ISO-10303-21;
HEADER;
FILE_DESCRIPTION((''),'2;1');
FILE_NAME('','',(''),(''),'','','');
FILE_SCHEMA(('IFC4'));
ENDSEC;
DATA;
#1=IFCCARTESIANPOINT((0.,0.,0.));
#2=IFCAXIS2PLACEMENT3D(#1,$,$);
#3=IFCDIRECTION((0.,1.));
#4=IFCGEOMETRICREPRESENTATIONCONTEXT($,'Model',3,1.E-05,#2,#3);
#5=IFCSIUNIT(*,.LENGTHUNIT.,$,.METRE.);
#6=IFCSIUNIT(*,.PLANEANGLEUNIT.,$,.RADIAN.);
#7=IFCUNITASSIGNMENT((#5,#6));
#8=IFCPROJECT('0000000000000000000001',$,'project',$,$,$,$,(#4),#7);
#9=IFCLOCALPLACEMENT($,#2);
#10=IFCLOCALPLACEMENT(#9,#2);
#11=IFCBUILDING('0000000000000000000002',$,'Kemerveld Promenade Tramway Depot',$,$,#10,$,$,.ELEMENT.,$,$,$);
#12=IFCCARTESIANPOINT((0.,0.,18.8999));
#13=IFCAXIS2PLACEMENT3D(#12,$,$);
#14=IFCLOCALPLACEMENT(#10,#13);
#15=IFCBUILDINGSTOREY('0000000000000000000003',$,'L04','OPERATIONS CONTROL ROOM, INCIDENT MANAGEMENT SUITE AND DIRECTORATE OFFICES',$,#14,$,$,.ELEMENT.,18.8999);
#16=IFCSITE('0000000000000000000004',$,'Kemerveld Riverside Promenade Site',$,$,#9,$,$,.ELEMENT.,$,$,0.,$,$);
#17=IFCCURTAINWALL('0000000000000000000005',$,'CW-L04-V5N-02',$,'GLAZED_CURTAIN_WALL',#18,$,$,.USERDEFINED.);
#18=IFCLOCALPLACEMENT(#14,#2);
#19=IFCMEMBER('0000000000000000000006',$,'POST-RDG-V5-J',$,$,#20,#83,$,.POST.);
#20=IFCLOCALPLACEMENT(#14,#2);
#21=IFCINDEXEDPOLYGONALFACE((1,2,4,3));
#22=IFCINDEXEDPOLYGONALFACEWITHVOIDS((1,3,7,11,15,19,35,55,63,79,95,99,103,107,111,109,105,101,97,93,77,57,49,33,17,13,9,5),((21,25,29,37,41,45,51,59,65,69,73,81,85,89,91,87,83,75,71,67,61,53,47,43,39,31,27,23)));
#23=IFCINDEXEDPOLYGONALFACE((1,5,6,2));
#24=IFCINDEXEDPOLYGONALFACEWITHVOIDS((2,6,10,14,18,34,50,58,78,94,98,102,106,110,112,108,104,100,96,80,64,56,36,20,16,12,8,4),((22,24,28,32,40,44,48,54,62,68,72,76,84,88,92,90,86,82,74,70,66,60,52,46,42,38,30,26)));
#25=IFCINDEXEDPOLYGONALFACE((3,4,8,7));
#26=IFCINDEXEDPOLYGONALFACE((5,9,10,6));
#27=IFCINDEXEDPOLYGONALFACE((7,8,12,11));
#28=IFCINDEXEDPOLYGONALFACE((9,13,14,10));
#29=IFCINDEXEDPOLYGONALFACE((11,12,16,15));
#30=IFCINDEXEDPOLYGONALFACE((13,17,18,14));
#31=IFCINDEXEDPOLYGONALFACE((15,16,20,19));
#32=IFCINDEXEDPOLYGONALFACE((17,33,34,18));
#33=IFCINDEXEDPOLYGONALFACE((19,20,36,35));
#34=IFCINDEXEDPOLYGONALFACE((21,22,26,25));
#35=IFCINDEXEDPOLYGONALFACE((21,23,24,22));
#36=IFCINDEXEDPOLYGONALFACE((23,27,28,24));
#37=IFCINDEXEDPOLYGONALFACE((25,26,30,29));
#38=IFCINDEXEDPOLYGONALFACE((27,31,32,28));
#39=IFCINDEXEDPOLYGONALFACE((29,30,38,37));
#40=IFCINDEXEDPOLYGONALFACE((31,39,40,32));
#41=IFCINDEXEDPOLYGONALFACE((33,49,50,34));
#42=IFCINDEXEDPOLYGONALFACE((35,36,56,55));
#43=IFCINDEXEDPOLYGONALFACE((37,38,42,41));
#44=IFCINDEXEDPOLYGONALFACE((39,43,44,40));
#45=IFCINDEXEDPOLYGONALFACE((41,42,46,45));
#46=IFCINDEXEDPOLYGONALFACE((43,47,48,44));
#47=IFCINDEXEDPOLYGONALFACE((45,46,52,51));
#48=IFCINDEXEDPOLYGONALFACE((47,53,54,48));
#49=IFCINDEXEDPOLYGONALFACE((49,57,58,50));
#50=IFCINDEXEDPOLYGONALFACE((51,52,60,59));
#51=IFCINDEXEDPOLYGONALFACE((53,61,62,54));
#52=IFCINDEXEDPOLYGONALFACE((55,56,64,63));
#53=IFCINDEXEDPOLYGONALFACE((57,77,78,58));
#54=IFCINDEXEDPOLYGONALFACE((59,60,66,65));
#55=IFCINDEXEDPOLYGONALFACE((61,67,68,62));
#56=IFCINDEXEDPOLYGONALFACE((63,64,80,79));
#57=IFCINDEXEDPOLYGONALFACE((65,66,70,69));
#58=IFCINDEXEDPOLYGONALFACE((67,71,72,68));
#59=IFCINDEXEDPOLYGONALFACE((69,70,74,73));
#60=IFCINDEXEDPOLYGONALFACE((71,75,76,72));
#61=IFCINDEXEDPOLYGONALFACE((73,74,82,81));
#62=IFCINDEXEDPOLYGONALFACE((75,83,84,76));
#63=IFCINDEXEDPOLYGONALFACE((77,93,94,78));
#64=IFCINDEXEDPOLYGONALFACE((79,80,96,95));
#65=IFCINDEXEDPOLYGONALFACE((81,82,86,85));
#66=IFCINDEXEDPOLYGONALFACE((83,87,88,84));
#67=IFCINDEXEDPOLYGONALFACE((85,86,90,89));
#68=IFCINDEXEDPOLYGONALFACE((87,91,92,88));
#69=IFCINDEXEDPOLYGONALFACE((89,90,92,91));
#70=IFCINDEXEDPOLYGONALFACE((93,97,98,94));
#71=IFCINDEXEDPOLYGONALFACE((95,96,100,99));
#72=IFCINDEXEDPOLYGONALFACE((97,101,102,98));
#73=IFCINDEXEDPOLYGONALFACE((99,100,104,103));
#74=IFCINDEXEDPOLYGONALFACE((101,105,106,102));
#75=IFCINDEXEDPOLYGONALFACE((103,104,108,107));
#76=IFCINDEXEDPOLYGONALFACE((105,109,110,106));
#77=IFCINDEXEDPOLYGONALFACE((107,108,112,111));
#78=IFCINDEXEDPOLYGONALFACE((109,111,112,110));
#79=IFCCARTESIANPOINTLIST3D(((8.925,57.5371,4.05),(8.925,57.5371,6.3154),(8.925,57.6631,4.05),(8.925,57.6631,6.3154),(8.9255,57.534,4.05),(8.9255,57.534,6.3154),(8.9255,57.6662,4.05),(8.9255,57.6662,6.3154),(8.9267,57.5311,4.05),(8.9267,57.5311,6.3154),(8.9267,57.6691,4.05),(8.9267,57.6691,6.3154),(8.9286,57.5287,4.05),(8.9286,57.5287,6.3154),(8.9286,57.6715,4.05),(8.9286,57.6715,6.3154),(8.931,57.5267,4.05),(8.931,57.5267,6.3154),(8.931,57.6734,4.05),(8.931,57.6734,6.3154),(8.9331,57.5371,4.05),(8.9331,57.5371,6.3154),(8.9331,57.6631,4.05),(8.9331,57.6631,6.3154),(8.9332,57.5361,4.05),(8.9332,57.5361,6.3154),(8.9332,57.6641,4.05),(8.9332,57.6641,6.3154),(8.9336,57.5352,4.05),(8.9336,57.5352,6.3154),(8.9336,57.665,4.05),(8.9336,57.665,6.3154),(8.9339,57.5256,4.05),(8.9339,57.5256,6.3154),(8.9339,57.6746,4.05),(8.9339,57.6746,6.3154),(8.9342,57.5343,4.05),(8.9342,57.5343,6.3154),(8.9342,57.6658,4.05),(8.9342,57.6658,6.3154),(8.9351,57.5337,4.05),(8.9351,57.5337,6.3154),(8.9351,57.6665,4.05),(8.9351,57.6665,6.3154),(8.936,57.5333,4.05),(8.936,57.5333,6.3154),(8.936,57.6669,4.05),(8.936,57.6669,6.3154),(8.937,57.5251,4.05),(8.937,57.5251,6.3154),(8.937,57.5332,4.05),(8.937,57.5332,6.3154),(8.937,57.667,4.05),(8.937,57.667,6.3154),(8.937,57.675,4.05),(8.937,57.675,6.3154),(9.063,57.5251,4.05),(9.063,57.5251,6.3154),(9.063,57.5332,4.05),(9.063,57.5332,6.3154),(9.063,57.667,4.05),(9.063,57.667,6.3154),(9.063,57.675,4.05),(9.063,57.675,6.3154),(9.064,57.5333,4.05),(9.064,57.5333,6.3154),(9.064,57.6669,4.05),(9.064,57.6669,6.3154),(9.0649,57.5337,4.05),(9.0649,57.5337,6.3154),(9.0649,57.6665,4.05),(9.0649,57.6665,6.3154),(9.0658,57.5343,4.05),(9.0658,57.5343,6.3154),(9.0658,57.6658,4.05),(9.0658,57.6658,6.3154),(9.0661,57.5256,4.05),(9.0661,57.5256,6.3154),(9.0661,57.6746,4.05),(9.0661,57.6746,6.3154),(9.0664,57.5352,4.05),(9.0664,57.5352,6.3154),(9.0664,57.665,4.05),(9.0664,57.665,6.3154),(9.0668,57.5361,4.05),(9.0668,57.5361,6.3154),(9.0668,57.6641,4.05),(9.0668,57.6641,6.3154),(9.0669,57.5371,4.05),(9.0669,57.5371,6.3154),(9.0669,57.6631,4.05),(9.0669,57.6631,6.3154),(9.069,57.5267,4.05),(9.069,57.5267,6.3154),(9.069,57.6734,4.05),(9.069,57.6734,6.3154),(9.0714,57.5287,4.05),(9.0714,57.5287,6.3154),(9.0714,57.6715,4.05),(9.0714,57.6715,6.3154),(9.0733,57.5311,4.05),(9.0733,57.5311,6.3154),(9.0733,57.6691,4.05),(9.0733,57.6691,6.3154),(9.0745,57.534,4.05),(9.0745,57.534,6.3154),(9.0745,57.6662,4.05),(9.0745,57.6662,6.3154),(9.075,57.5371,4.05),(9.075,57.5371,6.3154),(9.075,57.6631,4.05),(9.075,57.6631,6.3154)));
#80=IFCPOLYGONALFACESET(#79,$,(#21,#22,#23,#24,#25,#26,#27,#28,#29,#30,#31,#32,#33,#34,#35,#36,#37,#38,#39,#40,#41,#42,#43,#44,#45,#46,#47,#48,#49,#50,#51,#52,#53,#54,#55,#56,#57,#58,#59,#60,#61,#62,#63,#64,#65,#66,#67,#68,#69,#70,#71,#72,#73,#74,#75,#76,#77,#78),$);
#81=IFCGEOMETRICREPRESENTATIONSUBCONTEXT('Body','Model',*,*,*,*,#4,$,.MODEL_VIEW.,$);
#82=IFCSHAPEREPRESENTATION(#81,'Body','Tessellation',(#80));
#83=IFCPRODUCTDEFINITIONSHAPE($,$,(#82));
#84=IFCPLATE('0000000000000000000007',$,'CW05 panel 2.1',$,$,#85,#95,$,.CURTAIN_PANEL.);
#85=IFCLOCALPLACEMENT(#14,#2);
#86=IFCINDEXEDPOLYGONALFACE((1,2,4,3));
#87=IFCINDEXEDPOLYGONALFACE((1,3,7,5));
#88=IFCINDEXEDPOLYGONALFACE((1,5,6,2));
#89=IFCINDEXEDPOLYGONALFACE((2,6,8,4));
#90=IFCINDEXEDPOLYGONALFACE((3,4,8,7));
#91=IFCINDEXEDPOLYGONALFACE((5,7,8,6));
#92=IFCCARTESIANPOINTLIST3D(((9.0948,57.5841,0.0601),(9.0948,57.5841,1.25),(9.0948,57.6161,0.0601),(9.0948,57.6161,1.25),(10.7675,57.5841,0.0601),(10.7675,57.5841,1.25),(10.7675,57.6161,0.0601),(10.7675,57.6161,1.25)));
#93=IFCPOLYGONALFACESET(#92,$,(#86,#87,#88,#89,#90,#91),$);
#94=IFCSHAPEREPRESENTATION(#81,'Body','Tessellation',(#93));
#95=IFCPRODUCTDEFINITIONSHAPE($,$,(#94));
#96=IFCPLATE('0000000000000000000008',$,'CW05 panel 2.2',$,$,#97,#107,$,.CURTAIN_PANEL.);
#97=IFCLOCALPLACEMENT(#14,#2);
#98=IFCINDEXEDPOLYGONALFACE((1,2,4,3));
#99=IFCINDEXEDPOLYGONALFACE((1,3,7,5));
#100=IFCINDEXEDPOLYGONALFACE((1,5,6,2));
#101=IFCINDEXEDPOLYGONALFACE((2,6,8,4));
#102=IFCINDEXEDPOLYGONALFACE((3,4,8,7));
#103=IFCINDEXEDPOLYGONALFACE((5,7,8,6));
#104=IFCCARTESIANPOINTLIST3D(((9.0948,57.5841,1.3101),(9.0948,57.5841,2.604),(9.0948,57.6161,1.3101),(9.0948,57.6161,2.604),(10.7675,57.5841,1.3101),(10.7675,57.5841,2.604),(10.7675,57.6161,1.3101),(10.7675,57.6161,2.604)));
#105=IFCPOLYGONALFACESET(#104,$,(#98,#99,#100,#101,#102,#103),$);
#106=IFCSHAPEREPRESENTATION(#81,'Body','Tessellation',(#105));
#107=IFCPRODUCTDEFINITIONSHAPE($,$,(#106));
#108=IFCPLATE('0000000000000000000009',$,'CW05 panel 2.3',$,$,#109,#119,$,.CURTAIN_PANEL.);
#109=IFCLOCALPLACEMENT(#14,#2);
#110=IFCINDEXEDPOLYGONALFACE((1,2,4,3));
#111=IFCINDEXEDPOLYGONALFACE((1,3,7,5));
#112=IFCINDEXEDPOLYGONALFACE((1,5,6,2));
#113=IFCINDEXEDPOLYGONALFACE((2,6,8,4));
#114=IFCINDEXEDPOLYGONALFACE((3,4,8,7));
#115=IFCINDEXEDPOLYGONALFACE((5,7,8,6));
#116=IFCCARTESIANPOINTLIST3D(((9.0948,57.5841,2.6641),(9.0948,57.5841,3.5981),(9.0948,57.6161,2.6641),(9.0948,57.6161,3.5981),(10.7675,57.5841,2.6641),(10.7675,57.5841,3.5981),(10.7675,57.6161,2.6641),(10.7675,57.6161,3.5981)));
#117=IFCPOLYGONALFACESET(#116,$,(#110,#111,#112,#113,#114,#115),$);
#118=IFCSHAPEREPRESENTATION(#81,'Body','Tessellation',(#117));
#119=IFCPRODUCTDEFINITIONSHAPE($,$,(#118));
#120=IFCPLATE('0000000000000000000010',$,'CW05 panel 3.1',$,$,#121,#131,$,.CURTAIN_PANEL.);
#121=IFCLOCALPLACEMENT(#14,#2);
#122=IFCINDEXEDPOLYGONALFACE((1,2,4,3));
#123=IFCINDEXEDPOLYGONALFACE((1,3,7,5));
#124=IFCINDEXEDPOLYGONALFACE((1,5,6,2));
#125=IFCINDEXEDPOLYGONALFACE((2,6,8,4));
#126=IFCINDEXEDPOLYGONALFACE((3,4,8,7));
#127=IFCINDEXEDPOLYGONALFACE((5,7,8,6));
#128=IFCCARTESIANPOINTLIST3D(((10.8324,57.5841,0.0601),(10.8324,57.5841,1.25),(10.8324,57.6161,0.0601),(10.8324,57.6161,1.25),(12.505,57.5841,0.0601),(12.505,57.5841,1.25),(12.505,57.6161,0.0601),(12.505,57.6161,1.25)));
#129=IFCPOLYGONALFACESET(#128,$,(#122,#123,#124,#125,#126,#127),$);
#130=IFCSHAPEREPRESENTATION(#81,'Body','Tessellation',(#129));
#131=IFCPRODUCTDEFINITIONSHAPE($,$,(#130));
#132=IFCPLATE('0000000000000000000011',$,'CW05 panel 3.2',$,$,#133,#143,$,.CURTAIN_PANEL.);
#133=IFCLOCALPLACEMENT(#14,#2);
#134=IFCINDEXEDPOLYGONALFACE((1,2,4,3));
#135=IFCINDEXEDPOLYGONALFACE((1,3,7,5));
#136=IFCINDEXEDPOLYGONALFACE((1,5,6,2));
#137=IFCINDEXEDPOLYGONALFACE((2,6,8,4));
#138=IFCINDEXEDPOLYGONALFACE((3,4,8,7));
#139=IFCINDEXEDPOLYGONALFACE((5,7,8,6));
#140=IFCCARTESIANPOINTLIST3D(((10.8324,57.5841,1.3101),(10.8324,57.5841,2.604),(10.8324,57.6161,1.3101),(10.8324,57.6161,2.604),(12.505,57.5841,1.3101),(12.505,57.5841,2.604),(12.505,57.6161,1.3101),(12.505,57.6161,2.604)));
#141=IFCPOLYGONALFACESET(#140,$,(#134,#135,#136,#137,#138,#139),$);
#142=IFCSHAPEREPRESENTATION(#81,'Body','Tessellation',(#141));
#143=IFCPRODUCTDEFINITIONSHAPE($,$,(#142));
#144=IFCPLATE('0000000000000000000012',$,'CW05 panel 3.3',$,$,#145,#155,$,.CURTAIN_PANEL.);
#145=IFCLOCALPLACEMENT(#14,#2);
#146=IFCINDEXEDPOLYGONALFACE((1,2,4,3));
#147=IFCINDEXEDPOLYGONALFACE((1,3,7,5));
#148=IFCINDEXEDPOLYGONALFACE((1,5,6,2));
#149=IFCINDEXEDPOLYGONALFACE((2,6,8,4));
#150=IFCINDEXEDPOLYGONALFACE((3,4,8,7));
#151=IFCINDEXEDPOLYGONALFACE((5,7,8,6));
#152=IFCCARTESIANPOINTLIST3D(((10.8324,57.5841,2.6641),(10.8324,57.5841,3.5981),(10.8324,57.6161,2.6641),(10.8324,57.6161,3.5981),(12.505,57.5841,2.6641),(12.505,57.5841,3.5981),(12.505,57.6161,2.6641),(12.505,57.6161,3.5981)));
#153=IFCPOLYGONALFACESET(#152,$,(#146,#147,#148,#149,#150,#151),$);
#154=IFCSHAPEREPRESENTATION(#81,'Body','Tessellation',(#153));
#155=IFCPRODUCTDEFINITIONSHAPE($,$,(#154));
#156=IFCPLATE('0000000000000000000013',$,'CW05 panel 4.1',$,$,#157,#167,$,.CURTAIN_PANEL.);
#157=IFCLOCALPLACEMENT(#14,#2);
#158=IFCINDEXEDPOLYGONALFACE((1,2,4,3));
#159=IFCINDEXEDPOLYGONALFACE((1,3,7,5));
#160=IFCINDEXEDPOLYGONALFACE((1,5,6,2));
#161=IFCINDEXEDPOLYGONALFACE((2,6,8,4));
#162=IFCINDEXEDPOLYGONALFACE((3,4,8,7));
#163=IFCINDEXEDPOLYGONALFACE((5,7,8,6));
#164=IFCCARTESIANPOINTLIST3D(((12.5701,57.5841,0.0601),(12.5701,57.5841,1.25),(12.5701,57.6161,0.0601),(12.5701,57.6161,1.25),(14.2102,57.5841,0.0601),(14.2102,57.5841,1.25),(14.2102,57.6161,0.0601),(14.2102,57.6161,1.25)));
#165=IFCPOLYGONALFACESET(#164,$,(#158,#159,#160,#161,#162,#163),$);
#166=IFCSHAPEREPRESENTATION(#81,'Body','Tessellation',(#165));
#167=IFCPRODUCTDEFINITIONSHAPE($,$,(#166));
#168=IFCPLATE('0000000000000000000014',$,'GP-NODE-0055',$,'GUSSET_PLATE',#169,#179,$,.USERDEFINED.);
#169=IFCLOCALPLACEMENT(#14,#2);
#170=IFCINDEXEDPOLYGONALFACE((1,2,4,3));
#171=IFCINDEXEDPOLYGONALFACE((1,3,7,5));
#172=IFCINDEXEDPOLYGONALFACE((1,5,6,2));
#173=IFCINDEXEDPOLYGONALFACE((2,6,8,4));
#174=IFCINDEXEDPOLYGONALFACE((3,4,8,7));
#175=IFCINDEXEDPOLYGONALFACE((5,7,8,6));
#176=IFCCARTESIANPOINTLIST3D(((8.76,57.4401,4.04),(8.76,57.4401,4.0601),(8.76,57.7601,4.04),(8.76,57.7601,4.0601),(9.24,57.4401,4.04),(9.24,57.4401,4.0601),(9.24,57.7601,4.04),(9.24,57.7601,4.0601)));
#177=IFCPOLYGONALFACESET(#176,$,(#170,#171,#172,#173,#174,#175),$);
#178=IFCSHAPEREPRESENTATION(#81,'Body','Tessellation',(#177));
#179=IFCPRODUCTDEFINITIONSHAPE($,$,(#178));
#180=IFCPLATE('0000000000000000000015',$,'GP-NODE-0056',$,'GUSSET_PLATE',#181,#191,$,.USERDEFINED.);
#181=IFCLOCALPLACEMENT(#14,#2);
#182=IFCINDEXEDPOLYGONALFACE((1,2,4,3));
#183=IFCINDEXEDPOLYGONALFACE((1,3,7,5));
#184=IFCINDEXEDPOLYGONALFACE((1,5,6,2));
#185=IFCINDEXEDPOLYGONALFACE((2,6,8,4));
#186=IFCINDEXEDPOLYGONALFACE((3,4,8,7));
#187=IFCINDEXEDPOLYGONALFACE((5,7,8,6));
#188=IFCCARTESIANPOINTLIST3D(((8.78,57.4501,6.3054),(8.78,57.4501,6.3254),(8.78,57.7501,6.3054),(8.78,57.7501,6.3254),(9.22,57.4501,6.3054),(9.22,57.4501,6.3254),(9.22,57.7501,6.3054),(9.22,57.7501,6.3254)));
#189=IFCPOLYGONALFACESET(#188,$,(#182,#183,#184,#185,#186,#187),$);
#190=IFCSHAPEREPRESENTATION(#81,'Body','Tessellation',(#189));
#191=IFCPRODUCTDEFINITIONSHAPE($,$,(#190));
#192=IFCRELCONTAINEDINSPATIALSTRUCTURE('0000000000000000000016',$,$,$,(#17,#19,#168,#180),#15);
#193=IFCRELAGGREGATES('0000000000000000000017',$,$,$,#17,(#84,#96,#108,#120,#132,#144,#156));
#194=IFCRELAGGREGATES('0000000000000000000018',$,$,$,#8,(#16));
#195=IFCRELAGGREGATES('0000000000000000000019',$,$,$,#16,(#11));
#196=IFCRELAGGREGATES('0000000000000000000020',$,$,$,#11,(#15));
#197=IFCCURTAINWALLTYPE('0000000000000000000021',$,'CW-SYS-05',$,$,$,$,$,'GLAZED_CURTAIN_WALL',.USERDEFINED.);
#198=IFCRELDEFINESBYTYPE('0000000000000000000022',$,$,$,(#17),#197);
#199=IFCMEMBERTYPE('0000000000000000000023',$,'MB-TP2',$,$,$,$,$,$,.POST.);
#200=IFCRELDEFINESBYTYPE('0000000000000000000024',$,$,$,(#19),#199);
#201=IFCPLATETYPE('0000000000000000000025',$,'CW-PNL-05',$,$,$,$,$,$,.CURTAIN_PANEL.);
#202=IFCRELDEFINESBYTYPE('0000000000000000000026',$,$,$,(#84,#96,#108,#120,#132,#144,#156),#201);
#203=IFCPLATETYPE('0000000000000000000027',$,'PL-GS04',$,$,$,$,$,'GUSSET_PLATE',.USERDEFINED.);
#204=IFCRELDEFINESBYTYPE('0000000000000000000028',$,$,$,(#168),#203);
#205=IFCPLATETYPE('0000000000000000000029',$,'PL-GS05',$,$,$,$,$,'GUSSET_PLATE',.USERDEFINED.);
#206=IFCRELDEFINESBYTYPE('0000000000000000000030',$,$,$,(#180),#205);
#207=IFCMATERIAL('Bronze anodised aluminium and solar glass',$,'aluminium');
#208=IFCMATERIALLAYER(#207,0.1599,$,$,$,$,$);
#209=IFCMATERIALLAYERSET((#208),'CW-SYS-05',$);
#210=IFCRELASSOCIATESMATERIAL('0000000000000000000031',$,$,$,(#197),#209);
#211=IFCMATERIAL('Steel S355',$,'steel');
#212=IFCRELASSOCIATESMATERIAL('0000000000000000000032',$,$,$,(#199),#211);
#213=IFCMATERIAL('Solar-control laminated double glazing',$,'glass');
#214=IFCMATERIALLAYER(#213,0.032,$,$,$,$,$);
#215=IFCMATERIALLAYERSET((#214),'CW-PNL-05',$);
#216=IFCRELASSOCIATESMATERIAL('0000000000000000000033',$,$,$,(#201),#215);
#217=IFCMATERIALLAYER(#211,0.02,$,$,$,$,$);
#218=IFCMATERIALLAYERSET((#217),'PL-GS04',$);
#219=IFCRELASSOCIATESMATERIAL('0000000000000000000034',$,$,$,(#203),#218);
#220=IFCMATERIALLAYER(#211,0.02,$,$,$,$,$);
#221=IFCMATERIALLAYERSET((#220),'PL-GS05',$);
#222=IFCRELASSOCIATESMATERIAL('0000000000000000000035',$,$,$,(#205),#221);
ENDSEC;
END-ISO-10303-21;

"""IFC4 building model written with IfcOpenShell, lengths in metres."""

from ifc_helpers import new_model, si_unit, direction, frame, origin, origin_2d, place, context, subcontext, project, spatial, rectangle, hollow_rectangle, extrude, material, layer, layer_set, material_profile, profile_set, type_object, element, aggregate, save


model = new_model("IFC4")

# Units and contexts
model_context = context("Model", 3, precision=1e-05, world=origin(), true_north=direction((0.0, 1.0)))
body_context = subcontext(model_context, "Body", "Model", "MODEL_VIEW")
ifc_project = project(units=[si_unit("LENGTHUNIT", "METRE"), si_unit("PLANEANGLEUNIT", "RADIAN")], contexts=[model_context])

# Site, building, storey
site_placement = place(None, origin())
site = spatial("IfcSite", under=ifc_project, at=site_placement, Name="Kemerveld Riverside Promenade Site", CompositionType="ELEMENT", RefElevation=0.0)
building_placement = place(site_placement, origin())
building = spatial("IfcBuilding", under=site, at=building_placement, Name="Kemerveld Promenade Tramway Depot", CompositionType="ELEMENT")
storey_placement = place(building_placement, frame((0.0, 0.0, 18.8999)))
storey = spatial("IfcBuildingStorey", under=building, at=storey_placement, Name="L04", Description="OPERATIONS CONTROL ROOM, INCIDENT MANAGEMENT SUITE AND DIRECTORATE OFFICES", CompositionType="ELEMENT", Elevation=18.8999)

# Shared definitions
ifc_material_1 = material(Name="Steel S355", Category="steel")

# Curtain wall
ifc_material_2 = material(Name="Bronze anodised aluminium and solar glass", Category="aluminium")
ifc_layer_1 = layer(ifc_material_2, 0.1599)
ifc_layer_set_1 = layer_set([ifc_layer_1], Name="CW-SYS-05")
curtain_wall_type = type_object("IfcCurtainWallType", Name="CW-SYS-05", ElementType="GLAZED_CURTAIN_WALL", PredefinedType="USERDEFINED", material=ifc_layer_set_1)
curtain_wall_placement = place(storey_placement, origin())
curtain_wall = element("IfcCurtainWall", 1, at=curtain_wall_placement, inside=storey, type_object=curtain_wall_type, Name="CW-L04-V5N-02", ObjectType="GLAZED_CURTAIN_WALL", PredefinedType="USERDEFINED")

# Member
ifc_material_profile_1 = material_profile(ifc_material_1, hollow_rectangle(XDim=0.1499, YDim=0.1499, WallThickness=0.0081, InnerFilletRadius=0.0039, OuterFilletRadius=0.012, at=origin_2d()), Name="150x150x8.0 SHS")
ifc_profile_set_1 = profile_set([ifc_material_profile_1], Name="Steel S355")
member_type_1 = type_object("IfcMemberType", Name="MB-TP2", PredefinedType="POST", material=ifc_profile_set_1)
member_1_placement = place(storey_placement, frame((9.0, 57.6001, 4.05), z_axis=(0.0, 0.0, 1.0), x_axis=(1.0, 0.0, 0.0)))
element("IfcMember", 2, at=member_1_placement, inside=storey, type_object=member_type_1, Name="POST-RDG-V5-J", PredefinedType="POST", context=body_context, shape_type="SweptSolid", body=[
    extrude(hollow_rectangle(XDim=0.1499, YDim=0.1499, WallThickness=0.0081, InnerFilletRadius=0.0039, OuterFilletRadius=0.012, at=origin_2d()), origin(), (0.0, 0.0, 1.0), 2.2654),
])

# Plates
ifc_material_3 = material(Name="Solar-control laminated double glazing", Category="glass")
ifc_layer_2 = layer(ifc_material_3, 0.032)
ifc_layer_set_2 = layer_set([ifc_layer_2], Name="CW-PNL-05")
plate_type_1 = type_object("IfcPlateType", Name="CW-PNL-05", PredefinedType="CURTAIN_PANEL", material=ifc_layer_set_2)
plate_1_placement = place(storey_placement, frame((9.9312, 57.6001, 0.0601), z_axis=(0.0, 0.0, 1.0), x_axis=(1.0, 0.0, 0.0)))
plate_1 = element("IfcPlate", 3, at=plate_1_placement, type_object=plate_type_1, Name="CW05 panel 2.1", PredefinedType="CURTAIN_PANEL", context=body_context, shape_type="SweptSolid", body=[
    extrude(rectangle(XDim=1.6726, YDim=0.032, at=origin_2d()), origin(), (0.0, 0.0, 1.0), 1.1899),
])
plate_2_placement = place(storey_placement, frame((9.9312, 57.6001, 1.3101), z_axis=(0.0, 0.0, 1.0), x_axis=(1.0, 0.0, 0.0)))
plate_2 = element("IfcPlate", 4, at=plate_2_placement, type_object=plate_type_1, Name="CW05 panel 2.2", PredefinedType="CURTAIN_PANEL", context=body_context, shape_type="SweptSolid", body=[
    extrude(rectangle(XDim=1.6726, YDim=0.032, at=origin_2d()), origin(), (0.0, 0.0, 1.0), 1.2939),
])
plate_3_placement = place(storey_placement, frame((9.9312, 57.6001, 2.6641), z_axis=(0.0, 0.0, 1.0), x_axis=(1.0, 0.0, 0.0)))
plate_3 = element("IfcPlate", 5, at=plate_3_placement, type_object=plate_type_1, Name="CW05 panel 2.3", PredefinedType="CURTAIN_PANEL", context=body_context, shape_type="SweptSolid", body=[
    extrude(rectangle(XDim=1.6726, YDim=0.032, at=origin_2d()), origin(), (0.0, 0.0, 1.0), 0.9341),
])
plate_4_placement = place(storey_placement, frame((11.6687, 57.6001, 0.0601), z_axis=(0.0, 0.0, 1.0), x_axis=(1.0, 0.0, 0.0)))
plate_4 = element("IfcPlate", 6, at=plate_4_placement, type_object=plate_type_1, Name="CW05 panel 3.1", PredefinedType="CURTAIN_PANEL", context=body_context, shape_type="SweptSolid", body=[
    extrude(rectangle(XDim=1.6726, YDim=0.032, at=origin_2d()), origin(), (0.0, 0.0, 1.0), 1.1899),
])
plate_5_placement = place(storey_placement, frame((11.6687, 57.6001, 1.3101), z_axis=(0.0, 0.0, 1.0), x_axis=(1.0, 0.0, 0.0)))
plate_5 = element("IfcPlate", 7, at=plate_5_placement, type_object=plate_type_1, Name="CW05 panel 3.2", PredefinedType="CURTAIN_PANEL", context=body_context, shape_type="SweptSolid", body=[
    extrude(rectangle(XDim=1.6726, YDim=0.032, at=origin_2d()), origin(), (0.0, 0.0, 1.0), 1.2939),
])
plate_6_placement = place(storey_placement, frame((11.6687, 57.6001, 2.6641), z_axis=(0.0, 0.0, 1.0), x_axis=(1.0, 0.0, 0.0)))
plate_6 = element("IfcPlate", 8, at=plate_6_placement, type_object=plate_type_1, Name="CW05 panel 3.3", PredefinedType="CURTAIN_PANEL", context=body_context, shape_type="SweptSolid", body=[
    extrude(rectangle(XDim=1.6726, YDim=0.032, at=origin_2d()), origin(), (0.0, 0.0, 1.0), 0.9341),
])
plate_7_placement = place(storey_placement, frame((13.3901, 57.6001, 0.0601), z_axis=(0.0, 0.0, 1.0), x_axis=(1.0, 0.0, 0.0)))
plate_7 = element("IfcPlate", 9, at=plate_7_placement, type_object=plate_type_1, Name="CW05 panel 4.1", PredefinedType="CURTAIN_PANEL", context=body_context, shape_type="SweptSolid", body=[
    extrude(rectangle(XDim=1.6401, YDim=0.032, at=origin_2d()), origin(), (0.0, 0.0, 1.0), 1.1899),
])
aggregate(curtain_wall, [plate_1, plate_2, plate_3, plate_4, plate_5, plate_6, plate_7])

# Plates
ifc_layer_3 = layer(ifc_material_1, 0.02)
ifc_layer_set_3 = layer_set([ifc_layer_3], Name="PL-GS04")
plate_type_2 = type_object("IfcPlateType", Name="PL-GS04", ElementType="GUSSET_PLATE", PredefinedType="USERDEFINED", material=ifc_layer_set_3)
plate_8_placement = place(storey_placement, frame((9.0, 57.6001, 4.04), z_axis=(0.0, 0.0, 1.0), x_axis=(1.0, 0.0, 0.0)))
element("IfcPlate", 10, at=plate_8_placement, inside=storey, type_object=plate_type_2, Name="GP-NODE-0055", ObjectType="GUSSET_PLATE", PredefinedType="USERDEFINED", context=body_context, shape_type="SweptSolid", body=[
    extrude(rectangle(XDim=0.48, YDim=0.3201, at=origin_2d()), origin(), (0.0, 0.0, 1.0), 0.02),
])
ifc_layer_4 = layer(ifc_material_1, 0.02)
ifc_layer_set_4 = layer_set([ifc_layer_4], Name="PL-GS05")
plate_type_3 = type_object("IfcPlateType", Name="PL-GS05", ElementType="GUSSET_PLATE", PredefinedType="USERDEFINED", material=ifc_layer_set_4)
plate_9_placement = place(storey_placement, frame((9.0, 57.6001, 6.3054), z_axis=(0.0, 0.0, 1.0), x_axis=(1.0, 0.0, 0.0)))
element("IfcPlate", 11, at=plate_9_placement, inside=storey, type_object=plate_type_3, Name="GP-NODE-0056", ObjectType="GUSSET_PLATE", PredefinedType="USERDEFINED", context=body_context, shape_type="SweptSolid", body=[
    extrude(rectangle(XDim=0.4399, YDim=0.3, at=origin_2d()), origin(), (0.0, 0.0, 1.0), 0.02),
])

save(model, "model.ifc")
